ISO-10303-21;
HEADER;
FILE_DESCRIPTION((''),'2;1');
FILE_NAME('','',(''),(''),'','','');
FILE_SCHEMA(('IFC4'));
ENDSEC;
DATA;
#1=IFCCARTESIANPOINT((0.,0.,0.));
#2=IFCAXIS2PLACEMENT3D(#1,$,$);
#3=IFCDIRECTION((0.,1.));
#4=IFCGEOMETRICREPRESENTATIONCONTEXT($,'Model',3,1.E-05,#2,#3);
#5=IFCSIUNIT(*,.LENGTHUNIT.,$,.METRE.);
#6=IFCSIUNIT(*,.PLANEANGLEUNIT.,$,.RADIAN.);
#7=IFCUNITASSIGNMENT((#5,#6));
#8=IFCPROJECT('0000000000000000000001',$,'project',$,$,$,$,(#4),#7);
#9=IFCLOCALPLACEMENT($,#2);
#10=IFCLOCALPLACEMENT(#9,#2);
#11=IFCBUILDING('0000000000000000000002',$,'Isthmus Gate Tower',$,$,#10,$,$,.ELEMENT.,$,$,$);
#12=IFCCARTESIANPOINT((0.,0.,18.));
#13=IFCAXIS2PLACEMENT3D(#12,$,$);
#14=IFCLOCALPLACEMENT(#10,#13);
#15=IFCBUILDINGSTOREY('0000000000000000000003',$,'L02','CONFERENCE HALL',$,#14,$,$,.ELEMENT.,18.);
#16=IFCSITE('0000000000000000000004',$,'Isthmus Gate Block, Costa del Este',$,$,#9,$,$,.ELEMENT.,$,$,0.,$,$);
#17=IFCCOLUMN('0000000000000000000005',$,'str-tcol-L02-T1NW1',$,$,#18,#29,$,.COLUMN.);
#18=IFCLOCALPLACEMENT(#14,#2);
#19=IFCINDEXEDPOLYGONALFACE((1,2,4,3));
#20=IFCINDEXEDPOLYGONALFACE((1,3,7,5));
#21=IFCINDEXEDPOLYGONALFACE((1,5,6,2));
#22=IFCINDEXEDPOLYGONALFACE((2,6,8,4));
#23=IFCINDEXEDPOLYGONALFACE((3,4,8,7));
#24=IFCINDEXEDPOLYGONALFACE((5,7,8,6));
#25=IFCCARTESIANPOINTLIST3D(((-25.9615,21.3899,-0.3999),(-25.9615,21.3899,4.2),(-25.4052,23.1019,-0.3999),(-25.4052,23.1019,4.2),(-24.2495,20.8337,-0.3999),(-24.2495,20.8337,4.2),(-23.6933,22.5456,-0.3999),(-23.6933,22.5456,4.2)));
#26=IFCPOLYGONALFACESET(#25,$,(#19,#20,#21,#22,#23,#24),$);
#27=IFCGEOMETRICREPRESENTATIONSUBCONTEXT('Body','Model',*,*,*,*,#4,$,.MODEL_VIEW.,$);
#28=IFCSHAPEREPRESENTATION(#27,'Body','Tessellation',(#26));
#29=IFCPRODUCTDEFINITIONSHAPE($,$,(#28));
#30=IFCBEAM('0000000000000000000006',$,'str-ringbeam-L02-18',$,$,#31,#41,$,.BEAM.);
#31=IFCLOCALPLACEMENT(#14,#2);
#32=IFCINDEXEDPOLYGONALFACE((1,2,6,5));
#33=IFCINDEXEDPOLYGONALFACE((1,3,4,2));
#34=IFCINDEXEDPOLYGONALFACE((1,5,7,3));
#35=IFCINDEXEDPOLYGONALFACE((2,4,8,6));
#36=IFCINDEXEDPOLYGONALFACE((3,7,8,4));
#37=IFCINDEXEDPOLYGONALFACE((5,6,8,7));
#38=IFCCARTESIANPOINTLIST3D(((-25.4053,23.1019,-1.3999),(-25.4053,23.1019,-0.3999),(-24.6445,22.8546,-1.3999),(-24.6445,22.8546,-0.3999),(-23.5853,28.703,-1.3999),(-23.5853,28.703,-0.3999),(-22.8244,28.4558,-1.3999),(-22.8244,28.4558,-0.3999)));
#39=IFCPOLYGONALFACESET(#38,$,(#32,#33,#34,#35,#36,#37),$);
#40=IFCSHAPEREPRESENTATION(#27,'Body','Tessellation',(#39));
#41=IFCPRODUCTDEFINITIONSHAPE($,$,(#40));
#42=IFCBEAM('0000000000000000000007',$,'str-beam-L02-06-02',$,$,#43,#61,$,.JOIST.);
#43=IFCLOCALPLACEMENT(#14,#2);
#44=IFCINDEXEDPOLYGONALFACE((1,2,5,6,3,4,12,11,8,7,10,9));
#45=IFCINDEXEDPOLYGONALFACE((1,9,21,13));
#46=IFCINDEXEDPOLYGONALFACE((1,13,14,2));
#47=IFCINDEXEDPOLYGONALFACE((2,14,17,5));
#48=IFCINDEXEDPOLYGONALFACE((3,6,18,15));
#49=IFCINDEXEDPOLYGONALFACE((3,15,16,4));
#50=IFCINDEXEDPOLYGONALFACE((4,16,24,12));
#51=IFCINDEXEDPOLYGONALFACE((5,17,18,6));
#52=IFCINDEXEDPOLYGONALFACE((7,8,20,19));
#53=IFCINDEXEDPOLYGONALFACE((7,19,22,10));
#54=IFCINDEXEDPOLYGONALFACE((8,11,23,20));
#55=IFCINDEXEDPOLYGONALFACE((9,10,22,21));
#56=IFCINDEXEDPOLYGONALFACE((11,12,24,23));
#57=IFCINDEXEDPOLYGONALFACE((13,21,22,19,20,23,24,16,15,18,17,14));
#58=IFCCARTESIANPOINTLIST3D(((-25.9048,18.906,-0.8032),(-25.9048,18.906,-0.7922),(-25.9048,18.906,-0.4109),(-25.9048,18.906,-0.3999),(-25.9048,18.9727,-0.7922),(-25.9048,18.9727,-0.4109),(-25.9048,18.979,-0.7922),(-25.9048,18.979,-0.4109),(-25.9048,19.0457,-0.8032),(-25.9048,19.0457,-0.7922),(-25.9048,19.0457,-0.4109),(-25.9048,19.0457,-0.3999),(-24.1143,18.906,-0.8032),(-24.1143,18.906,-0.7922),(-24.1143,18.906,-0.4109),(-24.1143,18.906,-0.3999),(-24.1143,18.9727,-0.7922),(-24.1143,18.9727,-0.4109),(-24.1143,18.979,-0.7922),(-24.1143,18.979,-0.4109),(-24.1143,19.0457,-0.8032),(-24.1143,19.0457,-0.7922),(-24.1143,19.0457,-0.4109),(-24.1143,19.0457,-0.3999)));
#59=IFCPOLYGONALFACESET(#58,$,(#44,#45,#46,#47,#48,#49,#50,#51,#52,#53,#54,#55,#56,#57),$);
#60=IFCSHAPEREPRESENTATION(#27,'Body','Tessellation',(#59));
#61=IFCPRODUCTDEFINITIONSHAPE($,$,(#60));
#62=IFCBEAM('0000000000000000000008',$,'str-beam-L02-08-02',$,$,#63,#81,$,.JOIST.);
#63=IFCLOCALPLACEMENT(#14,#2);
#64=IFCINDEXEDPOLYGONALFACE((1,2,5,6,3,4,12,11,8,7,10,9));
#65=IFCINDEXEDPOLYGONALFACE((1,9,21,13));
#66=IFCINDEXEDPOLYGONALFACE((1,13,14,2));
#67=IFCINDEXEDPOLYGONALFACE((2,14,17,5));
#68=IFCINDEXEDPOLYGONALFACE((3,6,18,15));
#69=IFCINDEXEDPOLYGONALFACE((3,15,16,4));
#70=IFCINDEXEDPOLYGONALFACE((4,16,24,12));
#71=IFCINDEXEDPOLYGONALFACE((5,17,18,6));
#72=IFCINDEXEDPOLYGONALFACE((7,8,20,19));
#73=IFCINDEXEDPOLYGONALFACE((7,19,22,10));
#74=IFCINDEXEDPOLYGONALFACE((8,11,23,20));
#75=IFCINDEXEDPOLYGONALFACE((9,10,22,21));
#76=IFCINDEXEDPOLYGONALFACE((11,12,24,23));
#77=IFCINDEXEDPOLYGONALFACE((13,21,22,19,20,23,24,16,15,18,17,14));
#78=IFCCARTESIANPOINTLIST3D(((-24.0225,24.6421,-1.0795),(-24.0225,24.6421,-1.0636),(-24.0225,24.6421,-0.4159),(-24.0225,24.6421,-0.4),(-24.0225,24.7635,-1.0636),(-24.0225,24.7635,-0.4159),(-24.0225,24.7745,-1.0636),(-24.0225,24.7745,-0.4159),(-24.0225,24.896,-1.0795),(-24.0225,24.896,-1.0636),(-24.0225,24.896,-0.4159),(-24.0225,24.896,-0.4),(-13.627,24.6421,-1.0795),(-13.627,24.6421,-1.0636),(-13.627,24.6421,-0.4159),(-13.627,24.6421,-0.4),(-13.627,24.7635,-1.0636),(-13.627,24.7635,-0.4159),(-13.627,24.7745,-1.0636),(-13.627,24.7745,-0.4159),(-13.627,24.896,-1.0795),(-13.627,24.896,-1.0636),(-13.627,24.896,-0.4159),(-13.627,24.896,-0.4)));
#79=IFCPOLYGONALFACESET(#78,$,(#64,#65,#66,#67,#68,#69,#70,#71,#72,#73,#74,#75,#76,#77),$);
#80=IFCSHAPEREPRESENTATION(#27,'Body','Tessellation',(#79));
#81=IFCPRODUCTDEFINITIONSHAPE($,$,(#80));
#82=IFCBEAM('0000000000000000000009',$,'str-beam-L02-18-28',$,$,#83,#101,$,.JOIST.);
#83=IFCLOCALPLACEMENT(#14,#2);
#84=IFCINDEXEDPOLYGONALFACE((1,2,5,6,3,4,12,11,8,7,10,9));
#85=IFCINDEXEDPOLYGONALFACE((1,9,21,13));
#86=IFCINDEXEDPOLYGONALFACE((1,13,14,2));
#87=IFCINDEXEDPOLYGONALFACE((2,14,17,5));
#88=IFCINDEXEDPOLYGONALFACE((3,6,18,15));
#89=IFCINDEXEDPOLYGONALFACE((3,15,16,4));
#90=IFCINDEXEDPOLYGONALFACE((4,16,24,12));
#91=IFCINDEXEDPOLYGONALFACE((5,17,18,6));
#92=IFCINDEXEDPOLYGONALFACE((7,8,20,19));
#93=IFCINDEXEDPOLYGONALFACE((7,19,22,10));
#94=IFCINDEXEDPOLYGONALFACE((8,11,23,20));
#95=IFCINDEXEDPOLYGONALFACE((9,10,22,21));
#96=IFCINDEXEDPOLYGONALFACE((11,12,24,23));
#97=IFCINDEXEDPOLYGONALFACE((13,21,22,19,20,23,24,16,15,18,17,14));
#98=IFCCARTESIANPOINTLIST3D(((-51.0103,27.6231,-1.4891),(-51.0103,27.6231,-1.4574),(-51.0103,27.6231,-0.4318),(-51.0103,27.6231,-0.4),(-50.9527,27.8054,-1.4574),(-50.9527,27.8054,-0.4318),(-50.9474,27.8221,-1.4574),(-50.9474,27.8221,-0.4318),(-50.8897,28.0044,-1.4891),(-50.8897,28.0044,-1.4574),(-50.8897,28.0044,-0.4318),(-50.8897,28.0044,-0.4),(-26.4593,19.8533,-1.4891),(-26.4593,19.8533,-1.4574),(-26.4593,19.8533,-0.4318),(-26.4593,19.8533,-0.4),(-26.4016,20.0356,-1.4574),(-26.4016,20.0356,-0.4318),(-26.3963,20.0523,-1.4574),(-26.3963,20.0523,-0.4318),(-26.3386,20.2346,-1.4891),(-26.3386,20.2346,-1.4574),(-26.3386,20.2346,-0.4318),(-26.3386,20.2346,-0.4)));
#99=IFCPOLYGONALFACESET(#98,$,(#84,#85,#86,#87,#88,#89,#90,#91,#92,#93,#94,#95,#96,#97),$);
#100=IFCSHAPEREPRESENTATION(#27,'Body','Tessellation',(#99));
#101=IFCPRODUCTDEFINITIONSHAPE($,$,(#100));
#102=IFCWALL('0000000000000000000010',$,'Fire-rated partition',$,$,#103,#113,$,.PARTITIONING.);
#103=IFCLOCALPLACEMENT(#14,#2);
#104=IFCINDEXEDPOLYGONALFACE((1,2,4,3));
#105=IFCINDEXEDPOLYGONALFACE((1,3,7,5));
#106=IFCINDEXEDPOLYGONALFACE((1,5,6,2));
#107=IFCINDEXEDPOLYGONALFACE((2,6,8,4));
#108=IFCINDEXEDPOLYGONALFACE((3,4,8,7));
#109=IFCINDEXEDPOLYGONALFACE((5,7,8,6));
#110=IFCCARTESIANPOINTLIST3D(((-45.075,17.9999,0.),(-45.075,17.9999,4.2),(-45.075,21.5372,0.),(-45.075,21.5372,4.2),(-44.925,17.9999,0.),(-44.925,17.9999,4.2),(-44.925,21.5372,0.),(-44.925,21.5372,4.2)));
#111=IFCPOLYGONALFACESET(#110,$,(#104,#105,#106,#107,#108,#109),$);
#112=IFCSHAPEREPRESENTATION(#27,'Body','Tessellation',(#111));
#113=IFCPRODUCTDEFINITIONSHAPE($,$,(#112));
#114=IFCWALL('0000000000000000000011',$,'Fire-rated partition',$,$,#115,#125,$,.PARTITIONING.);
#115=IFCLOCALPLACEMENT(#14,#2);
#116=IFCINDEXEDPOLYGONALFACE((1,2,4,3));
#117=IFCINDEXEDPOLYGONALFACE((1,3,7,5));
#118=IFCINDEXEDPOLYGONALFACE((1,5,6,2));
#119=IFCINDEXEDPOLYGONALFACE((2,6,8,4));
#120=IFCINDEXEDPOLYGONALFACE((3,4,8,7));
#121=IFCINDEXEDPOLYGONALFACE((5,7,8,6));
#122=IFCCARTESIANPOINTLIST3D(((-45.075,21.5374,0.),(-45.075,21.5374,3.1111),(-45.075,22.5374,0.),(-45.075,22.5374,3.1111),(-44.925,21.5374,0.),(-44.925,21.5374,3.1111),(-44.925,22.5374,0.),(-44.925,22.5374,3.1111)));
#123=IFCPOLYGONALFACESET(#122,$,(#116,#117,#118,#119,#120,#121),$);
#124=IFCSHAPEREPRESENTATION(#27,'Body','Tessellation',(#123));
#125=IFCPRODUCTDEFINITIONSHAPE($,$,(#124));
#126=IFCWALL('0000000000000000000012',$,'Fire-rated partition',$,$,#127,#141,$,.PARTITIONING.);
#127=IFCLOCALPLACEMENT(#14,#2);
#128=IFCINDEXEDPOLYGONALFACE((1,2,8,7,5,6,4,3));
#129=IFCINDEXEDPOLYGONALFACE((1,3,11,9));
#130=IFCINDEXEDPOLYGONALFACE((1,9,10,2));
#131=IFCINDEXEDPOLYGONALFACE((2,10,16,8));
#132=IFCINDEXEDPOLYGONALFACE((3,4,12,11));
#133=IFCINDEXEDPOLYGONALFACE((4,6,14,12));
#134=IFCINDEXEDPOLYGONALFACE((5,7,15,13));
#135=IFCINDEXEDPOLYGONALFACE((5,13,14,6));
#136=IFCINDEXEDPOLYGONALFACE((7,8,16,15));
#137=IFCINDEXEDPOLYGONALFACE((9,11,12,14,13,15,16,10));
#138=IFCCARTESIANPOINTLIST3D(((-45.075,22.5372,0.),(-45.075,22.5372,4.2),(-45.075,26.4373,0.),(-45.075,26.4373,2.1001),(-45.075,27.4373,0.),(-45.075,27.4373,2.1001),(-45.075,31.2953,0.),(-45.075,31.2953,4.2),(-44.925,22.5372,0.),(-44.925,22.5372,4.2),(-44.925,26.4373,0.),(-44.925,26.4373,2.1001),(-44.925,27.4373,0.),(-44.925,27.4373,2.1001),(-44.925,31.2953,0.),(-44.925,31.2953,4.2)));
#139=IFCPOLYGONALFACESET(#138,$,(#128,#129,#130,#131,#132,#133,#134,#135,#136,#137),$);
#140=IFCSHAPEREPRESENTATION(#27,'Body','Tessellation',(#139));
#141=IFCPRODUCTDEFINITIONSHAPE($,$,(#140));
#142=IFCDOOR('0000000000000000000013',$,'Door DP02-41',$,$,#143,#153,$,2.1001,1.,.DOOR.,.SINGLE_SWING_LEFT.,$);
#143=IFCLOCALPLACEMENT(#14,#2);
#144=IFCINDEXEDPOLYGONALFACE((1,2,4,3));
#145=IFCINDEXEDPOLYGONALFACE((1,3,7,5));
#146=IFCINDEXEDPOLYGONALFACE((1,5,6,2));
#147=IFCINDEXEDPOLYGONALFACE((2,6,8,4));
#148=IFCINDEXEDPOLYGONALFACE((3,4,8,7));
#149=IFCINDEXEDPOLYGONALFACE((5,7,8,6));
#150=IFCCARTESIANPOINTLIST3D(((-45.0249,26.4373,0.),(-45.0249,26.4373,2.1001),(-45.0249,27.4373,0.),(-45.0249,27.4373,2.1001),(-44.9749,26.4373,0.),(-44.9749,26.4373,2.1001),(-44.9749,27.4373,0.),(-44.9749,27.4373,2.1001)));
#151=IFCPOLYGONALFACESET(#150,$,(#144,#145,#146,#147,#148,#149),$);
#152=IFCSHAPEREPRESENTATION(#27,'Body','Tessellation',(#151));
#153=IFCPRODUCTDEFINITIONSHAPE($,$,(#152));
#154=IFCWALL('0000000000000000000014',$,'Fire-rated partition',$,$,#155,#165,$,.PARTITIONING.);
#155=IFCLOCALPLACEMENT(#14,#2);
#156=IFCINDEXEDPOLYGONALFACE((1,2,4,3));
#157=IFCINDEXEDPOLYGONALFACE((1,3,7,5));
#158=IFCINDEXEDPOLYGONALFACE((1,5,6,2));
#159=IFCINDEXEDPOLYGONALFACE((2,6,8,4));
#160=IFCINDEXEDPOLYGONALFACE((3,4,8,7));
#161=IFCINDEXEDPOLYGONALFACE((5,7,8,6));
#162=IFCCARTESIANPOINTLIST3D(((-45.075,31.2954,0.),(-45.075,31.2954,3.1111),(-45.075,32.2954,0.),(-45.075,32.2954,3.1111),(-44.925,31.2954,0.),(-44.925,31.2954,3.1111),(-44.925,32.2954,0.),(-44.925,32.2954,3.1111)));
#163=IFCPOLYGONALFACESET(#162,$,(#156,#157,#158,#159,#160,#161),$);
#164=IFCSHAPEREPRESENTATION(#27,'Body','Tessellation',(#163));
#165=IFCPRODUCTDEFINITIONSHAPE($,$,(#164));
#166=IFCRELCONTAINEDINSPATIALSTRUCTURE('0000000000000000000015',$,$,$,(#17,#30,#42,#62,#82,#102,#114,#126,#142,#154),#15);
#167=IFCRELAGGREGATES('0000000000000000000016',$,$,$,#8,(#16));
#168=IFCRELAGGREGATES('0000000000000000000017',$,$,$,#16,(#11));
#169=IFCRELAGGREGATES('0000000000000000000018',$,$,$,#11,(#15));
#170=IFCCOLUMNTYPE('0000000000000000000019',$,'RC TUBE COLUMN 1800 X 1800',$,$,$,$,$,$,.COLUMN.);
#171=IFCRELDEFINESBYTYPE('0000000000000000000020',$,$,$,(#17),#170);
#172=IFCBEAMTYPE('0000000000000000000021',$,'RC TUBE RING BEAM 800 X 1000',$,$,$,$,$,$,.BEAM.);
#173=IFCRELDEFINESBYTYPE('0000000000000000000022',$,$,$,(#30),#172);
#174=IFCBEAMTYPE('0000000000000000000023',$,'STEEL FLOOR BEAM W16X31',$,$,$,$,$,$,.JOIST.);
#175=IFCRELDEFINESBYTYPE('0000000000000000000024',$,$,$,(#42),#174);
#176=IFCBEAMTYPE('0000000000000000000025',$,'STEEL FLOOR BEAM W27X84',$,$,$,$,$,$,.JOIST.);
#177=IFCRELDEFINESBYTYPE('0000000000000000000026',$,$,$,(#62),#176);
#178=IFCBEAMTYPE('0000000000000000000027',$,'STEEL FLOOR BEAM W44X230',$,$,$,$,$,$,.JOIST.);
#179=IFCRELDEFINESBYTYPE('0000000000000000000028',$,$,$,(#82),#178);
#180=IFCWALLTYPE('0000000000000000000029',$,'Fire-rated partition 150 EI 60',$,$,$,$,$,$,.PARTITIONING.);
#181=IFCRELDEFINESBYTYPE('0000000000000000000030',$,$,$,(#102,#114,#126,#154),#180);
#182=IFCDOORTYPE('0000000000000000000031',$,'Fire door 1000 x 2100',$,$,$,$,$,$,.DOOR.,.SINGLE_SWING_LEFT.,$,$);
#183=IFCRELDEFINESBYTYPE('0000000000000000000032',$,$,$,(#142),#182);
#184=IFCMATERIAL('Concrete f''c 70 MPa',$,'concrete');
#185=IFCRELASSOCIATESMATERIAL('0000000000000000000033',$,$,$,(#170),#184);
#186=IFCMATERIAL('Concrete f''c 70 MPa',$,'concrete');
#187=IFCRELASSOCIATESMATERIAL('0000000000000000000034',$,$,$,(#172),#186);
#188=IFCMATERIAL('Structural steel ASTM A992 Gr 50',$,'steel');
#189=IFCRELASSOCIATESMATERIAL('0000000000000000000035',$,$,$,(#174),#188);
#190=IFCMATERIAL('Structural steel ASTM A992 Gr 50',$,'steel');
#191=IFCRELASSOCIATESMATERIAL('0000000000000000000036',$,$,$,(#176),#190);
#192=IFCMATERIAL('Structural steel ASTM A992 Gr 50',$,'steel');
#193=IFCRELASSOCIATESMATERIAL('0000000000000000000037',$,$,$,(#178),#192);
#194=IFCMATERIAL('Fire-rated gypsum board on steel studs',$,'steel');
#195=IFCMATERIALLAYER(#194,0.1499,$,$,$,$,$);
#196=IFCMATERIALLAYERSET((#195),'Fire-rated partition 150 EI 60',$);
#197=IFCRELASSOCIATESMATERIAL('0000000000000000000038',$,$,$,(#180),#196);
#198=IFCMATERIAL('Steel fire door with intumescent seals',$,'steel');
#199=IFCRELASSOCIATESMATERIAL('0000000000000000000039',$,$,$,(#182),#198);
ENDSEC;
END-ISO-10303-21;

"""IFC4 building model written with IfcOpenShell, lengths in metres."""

from ifc_helpers import new_model, si_unit, direction, frame, frame_2d, origin, origin_2d, place, context, subcontext, project, spatial, rectangle, i_section, extrude, material, layer, layer_set, material_profile, profile_set, type_object, element, fill, save


model = new_model("IFC4")

# Units and contexts
model_context = context("Model", 3, precision=1e-05, world=origin(), true_north=direction((0.0, 1.0)))
body_context = subcontext(model_context, "Body", "Model", "MODEL_VIEW")
ifc_project = project(units=[si_unit("LENGTHUNIT", "METRE"), si_unit("PLANEANGLEUNIT", "RADIAN")], contexts=[model_context])

# Site, building, storey
site_placement = place(None, origin())
site = spatial("IfcSite", under=ifc_project, at=site_placement, Name="Isthmus Gate Block, Costa del Este", CompositionType="ELEMENT", RefElevation=0.0)
building_placement = place(site_placement, origin())
building = spatial("IfcBuilding", under=site, at=building_placement, Name="Isthmus Gate Tower", CompositionType="ELEMENT")
storey_placement = place(building_placement, frame((0.0, 0.0, 18.0)))
storey = spatial("IfcBuildingStorey", under=building, at=storey_placement, Name="L02", Description="CONFERENCE HALL", CompositionType="ELEMENT", Elevation=18.0)

# Column
ifc_material_1 = material(Name="Concrete f'c 70 MPa", Category="concrete")
ifc_material_profile_1 = material_profile(ifc_material_1, rectangle(XDim=1.8, YDim=1.8, at=origin_2d()), Name="RC 1800X1800")
ifc_profile_set_1 = profile_set([ifc_material_profile_1], Name="Concrete f'c 70 MPa")
column_type = type_object("IfcColumnType", Name="RC TUBE COLUMN 1800 X 1800", PredefinedType="COLUMN", material=ifc_profile_set_1)
column_placement = place(storey_placement, frame((-24.8274, 21.9678, -0.3999), z_axis=(0.0, 0.0, 1.0), x_axis=(-0.309017, -0.951057, 0.0)))
element("IfcColumn", 1, at=column_placement, inside=storey, type_object=column_type, Name="str-tcol-L02-T1NW1", PredefinedType="COLUMN", context=body_context, shape_type="SweptSolid", body=[
    extrude(rectangle(XDim=1.8, YDim=1.8, at=origin_2d()), origin(), (0.0, 0.0, 1.0), 4.5999),
])

# Beams
ifc_material_2 = material(Name="Concrete f'c 70 MPa", Category="concrete")
ifc_material_profile_2 = material_profile(ifc_material_2, rectangle(XDim=0.8, YDim=1.0, at=origin_2d()), Name="RC 800X1000")
ifc_profile_set_2 = profile_set([ifc_material_profile_2], Name="Concrete f'c 70 MPa")
beam_type_1 = type_object("IfcBeamType", Name="RC TUBE RING BEAM 800 X 1000", PredefinedType="BEAM", material=ifc_profile_set_2)
beam_1_placement = place(storey_placement, frame((-25.0249, 22.9783, -0.8999), z_axis=(0.309043, 0.951048, 0.0), x_axis=(-0.951048, 0.309043, 0.0)))
element("IfcBeam", 2, at=beam_1_placement, inside=storey, type_object=beam_type_1, Name="str-ringbeam-L02-18", PredefinedType="BEAM", context=body_context, shape_type="SweptSolid", body=[
    extrude(rectangle(XDim=0.8, YDim=1.0, at=origin_2d()), origin(), (0.0, 0.0, 1.0), 5.8894),
])
ifc_material_3 = material(Name="Structural steel ASTM A992 Gr 50", Category="steel")
ifc_material_profile_3 = material_profile(ifc_material_3, i_section(OverallWidth=0.1396, OverallDepth=0.4033, WebThickness=0.0063, FlangeThickness=0.011, at=origin_2d()), Name="W16X31")
ifc_profile_set_3 = profile_set([ifc_material_profile_3], Name="Structural steel ASTM A992 Gr 50")
beam_type_2 = type_object("IfcBeamType", Name="STEEL FLOOR BEAM W16X31", PredefinedType="JOIST", material=ifc_profile_set_3)
beam_2_placement = place(storey_placement, frame((-25.9048, 18.9758, -0.6016), z_axis=(1.0, 0.0, 0.0), x_axis=(0.0, 1.0, 0.0)))
element("IfcBeam", 3, at=beam_2_placement, inside=storey, type_object=beam_type_2, Name="str-beam-L02-06-02", PredefinedType="JOIST", context=body_context, shape_type="SweptSolid", body=[
    extrude(i_section(OverallWidth=0.1396, OverallDepth=0.4033, WebThickness=0.0063, FlangeThickness=0.011, at=origin_2d()), origin(), (0.0, 0.0, 1.0), 1.7905),
])
ifc_material_4 = material(Name="Structural steel ASTM A992 Gr 50", Category="steel")
ifc_material_profile_4 = material_profile(ifc_material_4, i_section(OverallWidth=0.2539, OverallDepth=0.6794, WebThickness=0.011, FlangeThickness=0.0159, at=origin_2d()), Name="W27X84")
ifc_profile_set_4 = profile_set([ifc_material_profile_4], Name="Structural steel ASTM A992 Gr 50")
beam_type_3 = type_object("IfcBeamType", Name="STEEL FLOOR BEAM W27X84", PredefinedType="JOIST", material=ifc_profile_set_4)
beam_3_placement = place(storey_placement, frame((-24.0225, 24.769, -0.7397), z_axis=(1.0, 0.0, 0.0), x_axis=(0.0, 1.0, 0.0)))
element("IfcBeam", 4, at=beam_3_placement, inside=storey, type_object=beam_type_3, Name="str-beam-L02-08-02", PredefinedType="JOIST", context=body_context, shape_type="SweptSolid", body=[
    extrude(i_section(OverallWidth=0.2539, OverallDepth=0.6794, WebThickness=0.011, FlangeThickness=0.0159, at=origin_2d()), origin(), (0.0, 0.0, 1.0), 10.3955),
])
ifc_material_5 = material(Name="Structural steel ASTM A992 Gr 50", Category="steel")
ifc_material_profile_5 = material_profile(ifc_material_5, i_section(OverallWidth=0.3999, OverallDepth=1.0891, WebThickness=0.0176, FlangeThickness=0.0317, at=origin_2d()), Name="W44X230")
ifc_profile_set_5 = profile_set([ifc_material_profile_5], Name="Structural steel ASTM A992 Gr 50")
beam_type_4 = type_object("IfcBeamType", Name="STEEL FLOOR BEAM W44X230", PredefinedType="JOIST", material=ifc_profile_set_5)
beam_4_placement = place(storey_placement, frame((-26.3989, 20.0439, -0.9446), z_axis=(-0.953395, 0.301725, 0.0), x_axis=(-0.301725, -0.953395, 0.0)))
element("IfcBeam", 5, at=beam_4_placement, inside=storey, type_object=beam_type_4, Name="str-beam-L02-18-28", PredefinedType="JOIST", context=body_context, shape_type="SweptSolid", body=[
    extrude(i_section(OverallWidth=0.3999, OverallDepth=1.0891, WebThickness=0.0176, FlangeThickness=0.0317, at=origin_2d()), origin(), (0.0, 0.0, 1.0), 25.7512),
])

# Walls
ifc_material_6 = material(Name="Fire-rated gypsum board on steel studs", Category="steel")
ifc_layer_1 = layer(ifc_material_6, 0.1499)
ifc_layer_set_1 = layer_set([ifc_layer_1], Name="Fire-rated partition 150 EI 60")
wall_type_1 = type_object("IfcWallType", Name="Fire-rated partition 150 EI 60", PredefinedType="PARTITIONING", material=ifc_layer_set_1)
wall_1_placement = place(storey_placement, frame((-45.0, 18.0, 0.0), z_axis=(0.0, 0.0, 1.0), x_axis=(0.0, 1.0, 0.0)))
element("IfcWall", 6, at=wall_1_placement, inside=storey, type_object=wall_type_1, Name="Fire-rated partition", PredefinedType="PARTITIONING", context=body_context, shape_type="SweptSolid", body=[
    extrude(rectangle(XDim=3.5374, YDim=0.1499, at=frame_2d((1.7686, 0.0))), origin(), (0.0, 0.0, 1.0), 4.2),
])
wall_2_placement = place(storey_placement, frame((-45.0, 21.5374, 0.0), z_axis=(0.0, 0.0, 1.0), x_axis=(0.0, 1.0, 0.0)))
element("IfcWall", 7, at=wall_2_placement, inside=storey, type_object=wall_type_1, Name="Fire-rated partition", PredefinedType="PARTITIONING", context=body_context, shape_type="SweptSolid", body=[
    extrude(rectangle(XDim=1.0, YDim=0.1499, at=frame_2d((0.5, 0.0))), origin(), (0.0, 0.0, 1.0), 3.1111),
])

# Wall, opening, door
wall_3_placement = place(storey_placement, frame((-45.0, 22.5374, 0.0), z_axis=(0.0, 0.0, 1.0), x_axis=(0.0, 1.0, 0.0)))
wall_3 = element("IfcWall", 8, at=wall_3_placement, inside=storey, type_object=wall_type_1, Name="Fire-rated partition", PredefinedType="PARTITIONING", context=body_context, shape_type="SweptSolid", body=[
    extrude(rectangle(XDim=8.7581, YDim=0.1499, at=frame_2d((4.3789, 0.0))), origin(), (0.0, 0.0, 1.0), 4.2),
])
opening_1_placement = place(wall_3_placement, frame((3.8999, 0.0, 0.0)))
opening_1 = element("IfcOpeningElement", 9, at=opening_1_placement, cuts=wall_3, PredefinedType="OPENING", context=body_context, shape_type="SweptSolid", body=[
    extrude(rectangle(XDim=1.0, YDim=2.1001, at=frame_2d((0.5, 1.05))), frame((0.0, 0.085, 0.0), z_axis=(0.0, -1.0, 0.0), x_axis=(1.0, 0.0, 0.0)), (0.0, 0.0, 1.0), 0.1699),
])
ifc_material_7 = material(Name="Steel fire door with intumescent seals", Category="steel")
door_type_1 = type_object("IfcDoorType", Name="Fire door 1000 x 2100", OperationType="SINGLE_SWING_LEFT", PredefinedType="DOOR", material=ifc_material_7)
door_1_placement = place(opening_1_placement, origin())
door_1 = element("IfcDoor", 10, at=door_1_placement, inside=storey, type_object=door_type_1, Name="Door DP02-41", OperationType="SINGLE_SWING_LEFT", OverallHeight=2.1001, OverallWidth=1.0, PredefinedType="DOOR", context=body_context, shape_type="SweptSolid", body=[
    extrude(rectangle(XDim=1.0, YDim=2.1001, at=frame_2d((0.5, 1.05))), frame((0.0, 0.0249, 0.0), z_axis=(0.0, -1.0, 0.0), x_axis=(1.0, 0.0, 0.0)), (0.0, 0.0, 1.0), 0.05),
])
fill(opening_1, door_1)

# Wall
wall_4_placement = place(storey_placement, frame((-45.0, 31.2954, 0.0), z_axis=(0.0, 0.0, 1.0), x_axis=(0.0, 1.0, 0.0)))
element("IfcWall", 11, at=wall_4_placement, inside=storey, type_object=wall_type_1, Name="Fire-rated partition", PredefinedType="PARTITIONING", context=body_context, shape_type="SweptSolid", body=[
    extrude(rectangle(XDim=1.0, YDim=0.1499, at=frame_2d((0.5, 0.0))), origin(), (0.0, 0.0, 1.0), 3.1111),
])

save(model, "model.ifc")
